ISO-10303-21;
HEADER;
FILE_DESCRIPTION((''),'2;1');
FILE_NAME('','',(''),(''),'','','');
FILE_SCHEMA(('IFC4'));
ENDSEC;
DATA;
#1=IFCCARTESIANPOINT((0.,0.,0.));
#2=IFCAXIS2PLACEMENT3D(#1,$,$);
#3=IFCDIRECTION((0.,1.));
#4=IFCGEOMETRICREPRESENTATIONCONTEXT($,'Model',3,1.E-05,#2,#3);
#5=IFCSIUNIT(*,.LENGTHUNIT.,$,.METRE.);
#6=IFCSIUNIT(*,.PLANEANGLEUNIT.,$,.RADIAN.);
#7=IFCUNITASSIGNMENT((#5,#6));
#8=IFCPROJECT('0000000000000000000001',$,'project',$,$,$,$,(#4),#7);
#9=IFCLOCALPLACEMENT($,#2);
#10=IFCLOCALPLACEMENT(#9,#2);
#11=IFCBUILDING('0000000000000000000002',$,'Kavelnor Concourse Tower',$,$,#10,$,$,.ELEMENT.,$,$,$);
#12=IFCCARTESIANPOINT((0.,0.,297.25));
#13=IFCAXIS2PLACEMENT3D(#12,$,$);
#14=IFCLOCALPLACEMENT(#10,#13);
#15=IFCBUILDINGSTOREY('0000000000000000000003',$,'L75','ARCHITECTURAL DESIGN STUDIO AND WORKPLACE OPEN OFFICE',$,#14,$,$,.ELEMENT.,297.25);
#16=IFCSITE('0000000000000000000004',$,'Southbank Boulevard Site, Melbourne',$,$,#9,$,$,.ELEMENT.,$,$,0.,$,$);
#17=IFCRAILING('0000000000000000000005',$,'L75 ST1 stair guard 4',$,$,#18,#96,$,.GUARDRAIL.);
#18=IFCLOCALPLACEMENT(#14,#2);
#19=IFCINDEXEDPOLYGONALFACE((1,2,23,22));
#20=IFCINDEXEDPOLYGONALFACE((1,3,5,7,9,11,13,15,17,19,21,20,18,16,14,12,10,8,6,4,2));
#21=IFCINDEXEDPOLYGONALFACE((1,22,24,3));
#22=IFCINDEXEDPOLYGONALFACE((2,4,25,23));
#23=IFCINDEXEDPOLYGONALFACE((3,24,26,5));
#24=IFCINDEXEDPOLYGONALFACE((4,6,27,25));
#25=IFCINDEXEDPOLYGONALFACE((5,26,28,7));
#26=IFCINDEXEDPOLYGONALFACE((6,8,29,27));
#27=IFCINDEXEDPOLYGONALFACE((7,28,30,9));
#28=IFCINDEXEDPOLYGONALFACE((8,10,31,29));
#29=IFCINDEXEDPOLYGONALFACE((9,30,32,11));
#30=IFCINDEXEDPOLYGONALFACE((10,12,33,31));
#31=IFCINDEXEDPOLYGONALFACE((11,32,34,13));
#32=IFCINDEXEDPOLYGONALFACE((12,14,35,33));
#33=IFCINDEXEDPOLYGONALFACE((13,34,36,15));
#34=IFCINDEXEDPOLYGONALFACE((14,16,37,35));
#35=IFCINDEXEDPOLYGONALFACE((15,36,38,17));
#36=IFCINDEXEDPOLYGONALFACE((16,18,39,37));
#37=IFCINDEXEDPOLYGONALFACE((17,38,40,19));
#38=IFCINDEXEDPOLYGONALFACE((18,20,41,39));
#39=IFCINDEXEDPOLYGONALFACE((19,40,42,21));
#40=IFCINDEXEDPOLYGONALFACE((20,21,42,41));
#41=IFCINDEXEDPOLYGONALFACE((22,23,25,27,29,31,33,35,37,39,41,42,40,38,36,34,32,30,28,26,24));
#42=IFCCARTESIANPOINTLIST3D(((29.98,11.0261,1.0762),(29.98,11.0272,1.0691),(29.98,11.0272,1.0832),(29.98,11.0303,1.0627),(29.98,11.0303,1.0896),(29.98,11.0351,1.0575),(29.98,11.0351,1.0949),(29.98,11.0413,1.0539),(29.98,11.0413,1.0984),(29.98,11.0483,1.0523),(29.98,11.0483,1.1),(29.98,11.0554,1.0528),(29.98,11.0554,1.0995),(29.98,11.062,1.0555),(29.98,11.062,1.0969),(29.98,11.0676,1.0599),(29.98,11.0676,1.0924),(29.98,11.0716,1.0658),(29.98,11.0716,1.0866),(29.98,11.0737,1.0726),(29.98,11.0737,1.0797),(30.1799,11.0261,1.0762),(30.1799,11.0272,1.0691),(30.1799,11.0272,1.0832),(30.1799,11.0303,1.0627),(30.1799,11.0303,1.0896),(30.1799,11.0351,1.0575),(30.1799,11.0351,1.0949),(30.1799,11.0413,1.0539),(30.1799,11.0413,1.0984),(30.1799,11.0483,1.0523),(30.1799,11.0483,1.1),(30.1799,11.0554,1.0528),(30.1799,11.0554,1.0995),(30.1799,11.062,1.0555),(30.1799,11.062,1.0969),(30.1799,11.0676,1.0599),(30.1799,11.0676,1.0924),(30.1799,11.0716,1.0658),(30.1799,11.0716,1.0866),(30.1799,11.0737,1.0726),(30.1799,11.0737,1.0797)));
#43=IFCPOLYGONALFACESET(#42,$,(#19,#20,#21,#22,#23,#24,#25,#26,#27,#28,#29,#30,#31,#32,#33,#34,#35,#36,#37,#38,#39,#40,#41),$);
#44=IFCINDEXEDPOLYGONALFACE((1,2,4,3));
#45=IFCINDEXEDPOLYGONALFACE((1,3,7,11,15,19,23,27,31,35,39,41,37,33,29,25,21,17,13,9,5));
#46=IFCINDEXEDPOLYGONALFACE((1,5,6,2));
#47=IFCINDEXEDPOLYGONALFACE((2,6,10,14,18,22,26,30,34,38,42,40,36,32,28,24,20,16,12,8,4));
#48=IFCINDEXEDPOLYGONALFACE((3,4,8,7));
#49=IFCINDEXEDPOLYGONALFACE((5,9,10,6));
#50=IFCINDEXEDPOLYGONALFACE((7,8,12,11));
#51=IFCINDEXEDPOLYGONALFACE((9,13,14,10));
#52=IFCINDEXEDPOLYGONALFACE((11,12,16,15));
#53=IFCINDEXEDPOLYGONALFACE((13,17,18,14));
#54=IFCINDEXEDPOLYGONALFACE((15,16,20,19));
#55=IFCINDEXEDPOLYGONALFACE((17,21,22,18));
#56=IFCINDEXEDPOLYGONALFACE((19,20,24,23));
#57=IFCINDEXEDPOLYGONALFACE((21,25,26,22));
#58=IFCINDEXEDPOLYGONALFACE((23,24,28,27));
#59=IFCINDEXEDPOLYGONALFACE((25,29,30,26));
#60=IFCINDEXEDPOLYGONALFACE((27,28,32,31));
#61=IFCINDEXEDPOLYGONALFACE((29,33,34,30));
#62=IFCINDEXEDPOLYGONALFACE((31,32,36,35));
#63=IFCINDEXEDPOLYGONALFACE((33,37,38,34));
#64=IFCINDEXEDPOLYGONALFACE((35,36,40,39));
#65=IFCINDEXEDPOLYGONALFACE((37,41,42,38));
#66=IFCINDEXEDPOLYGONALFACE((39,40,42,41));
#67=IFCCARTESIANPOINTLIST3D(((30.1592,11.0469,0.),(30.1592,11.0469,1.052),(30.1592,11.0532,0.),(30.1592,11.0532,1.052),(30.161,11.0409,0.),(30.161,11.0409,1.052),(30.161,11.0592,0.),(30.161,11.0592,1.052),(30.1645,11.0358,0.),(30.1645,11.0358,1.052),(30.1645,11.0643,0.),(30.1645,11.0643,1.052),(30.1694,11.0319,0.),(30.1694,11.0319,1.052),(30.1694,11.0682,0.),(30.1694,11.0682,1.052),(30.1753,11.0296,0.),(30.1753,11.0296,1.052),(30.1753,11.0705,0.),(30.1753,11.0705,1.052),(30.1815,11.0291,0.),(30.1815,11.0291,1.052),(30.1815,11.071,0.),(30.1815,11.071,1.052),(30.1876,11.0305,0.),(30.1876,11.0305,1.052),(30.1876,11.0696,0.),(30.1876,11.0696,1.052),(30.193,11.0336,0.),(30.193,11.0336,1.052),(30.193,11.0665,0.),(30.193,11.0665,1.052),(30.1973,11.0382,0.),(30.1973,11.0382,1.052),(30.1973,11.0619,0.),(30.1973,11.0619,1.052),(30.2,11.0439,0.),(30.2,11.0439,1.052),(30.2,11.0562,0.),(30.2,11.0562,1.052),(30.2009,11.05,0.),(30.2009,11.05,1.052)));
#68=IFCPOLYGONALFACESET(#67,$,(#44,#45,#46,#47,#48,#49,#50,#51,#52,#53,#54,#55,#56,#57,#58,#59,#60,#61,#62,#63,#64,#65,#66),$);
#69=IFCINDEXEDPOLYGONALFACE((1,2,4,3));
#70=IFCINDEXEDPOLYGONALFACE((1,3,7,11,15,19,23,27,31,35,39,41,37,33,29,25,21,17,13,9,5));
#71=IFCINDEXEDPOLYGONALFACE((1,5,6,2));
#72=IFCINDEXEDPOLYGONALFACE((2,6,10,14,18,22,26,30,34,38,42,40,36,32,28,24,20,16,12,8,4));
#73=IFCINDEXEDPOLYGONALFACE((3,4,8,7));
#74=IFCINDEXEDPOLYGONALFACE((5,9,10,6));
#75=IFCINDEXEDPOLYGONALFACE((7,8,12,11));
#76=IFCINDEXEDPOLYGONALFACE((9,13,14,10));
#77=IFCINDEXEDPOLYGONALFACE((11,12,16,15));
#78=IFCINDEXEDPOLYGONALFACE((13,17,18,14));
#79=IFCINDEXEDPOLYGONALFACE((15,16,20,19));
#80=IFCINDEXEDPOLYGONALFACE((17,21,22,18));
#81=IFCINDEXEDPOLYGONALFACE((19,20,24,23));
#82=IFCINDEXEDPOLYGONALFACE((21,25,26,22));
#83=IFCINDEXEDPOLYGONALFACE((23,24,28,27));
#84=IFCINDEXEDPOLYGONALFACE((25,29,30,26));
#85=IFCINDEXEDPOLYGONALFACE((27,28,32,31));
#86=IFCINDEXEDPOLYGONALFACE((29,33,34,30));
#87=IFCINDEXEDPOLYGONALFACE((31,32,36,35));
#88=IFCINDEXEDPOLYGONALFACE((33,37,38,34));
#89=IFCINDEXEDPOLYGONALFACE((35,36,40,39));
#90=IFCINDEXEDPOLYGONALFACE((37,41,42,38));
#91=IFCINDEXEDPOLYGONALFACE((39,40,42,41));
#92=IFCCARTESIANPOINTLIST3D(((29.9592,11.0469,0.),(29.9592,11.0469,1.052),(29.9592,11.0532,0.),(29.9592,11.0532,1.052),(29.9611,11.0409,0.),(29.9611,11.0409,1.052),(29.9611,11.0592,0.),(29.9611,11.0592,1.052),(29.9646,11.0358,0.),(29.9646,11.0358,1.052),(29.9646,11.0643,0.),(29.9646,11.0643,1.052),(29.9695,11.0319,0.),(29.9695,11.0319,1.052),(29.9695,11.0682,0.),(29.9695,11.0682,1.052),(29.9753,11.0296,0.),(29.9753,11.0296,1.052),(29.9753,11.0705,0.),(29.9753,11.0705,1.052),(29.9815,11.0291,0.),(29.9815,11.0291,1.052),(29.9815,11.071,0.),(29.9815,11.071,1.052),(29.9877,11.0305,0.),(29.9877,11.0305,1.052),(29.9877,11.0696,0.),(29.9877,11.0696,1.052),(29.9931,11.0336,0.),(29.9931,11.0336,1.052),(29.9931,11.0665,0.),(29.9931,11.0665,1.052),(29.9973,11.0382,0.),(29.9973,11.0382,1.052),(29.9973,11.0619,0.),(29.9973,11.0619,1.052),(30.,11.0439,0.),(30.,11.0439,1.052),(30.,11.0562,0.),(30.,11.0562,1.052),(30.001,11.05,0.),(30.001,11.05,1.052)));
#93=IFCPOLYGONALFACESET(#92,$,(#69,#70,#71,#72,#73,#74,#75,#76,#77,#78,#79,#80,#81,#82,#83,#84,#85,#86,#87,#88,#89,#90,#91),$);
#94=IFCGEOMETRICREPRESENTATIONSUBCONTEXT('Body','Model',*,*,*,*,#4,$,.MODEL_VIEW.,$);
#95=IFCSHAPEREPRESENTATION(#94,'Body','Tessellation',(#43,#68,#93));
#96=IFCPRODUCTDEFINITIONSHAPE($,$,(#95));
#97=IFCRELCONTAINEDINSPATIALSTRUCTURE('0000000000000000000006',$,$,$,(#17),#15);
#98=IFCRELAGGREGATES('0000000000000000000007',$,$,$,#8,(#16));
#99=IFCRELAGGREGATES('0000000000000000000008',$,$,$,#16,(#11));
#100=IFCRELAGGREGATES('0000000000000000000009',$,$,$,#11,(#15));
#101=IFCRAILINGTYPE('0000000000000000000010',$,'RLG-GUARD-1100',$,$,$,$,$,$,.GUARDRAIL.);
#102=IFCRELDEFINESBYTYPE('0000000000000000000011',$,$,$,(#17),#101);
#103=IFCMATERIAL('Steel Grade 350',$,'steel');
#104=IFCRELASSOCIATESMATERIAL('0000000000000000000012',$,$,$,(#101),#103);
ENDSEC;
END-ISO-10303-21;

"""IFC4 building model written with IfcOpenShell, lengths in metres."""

from ifc_helpers import new_model, si_unit, direction, frame, origin, origin_2d, place, context, subcontext, project, spatial, circle, extrude, material, type_object, element, save


model = new_model("IFC4")

# Units and contexts
model_context = context("Model", 3, precision=1e-05, world=origin(), true_north=direction((0.0, 1.0)))
body_context = subcontext(model_context, "Body", "Model", "MODEL_VIEW")
ifc_project = project(units=[si_unit("LENGTHUNIT", "METRE"), si_unit("PLANEANGLEUNIT", "RADIAN")], contexts=[model_context])

# Site, building, storey
site_placement = place(None, origin())
site = spatial("IfcSite", under=ifc_project, at=site_placement, Name="Southbank Boulevard Site, Melbourne", CompositionType="ELEMENT", RefElevation=0.0)
building_placement = place(site_placement, origin())
building = spatial("IfcBuilding", under=site, at=building_placement, Name="Kavelnor Concourse Tower", CompositionType="ELEMENT")
storey_placement = place(building_placement, frame((0.0, 0.0, 297.25)))
storey = spatial("IfcBuildingStorey", under=building, at=storey_placement, Name="L75", Description="ARCHITECTURAL DESIGN STUDIO AND WORKPLACE OPEN OFFICE", CompositionType="ELEMENT", Elevation=297.25)

# Shared definitions
ifc_material_1 = material(Name="Steel Grade 350", Category="steel")

# Railing
railing_type_1 = type_object("IfcRailingType", Name="RLG-GUARD-1100", PredefinedType="GUARDRAIL", material=ifc_material_1)
railing_1_placement = place(storey_placement, frame((30.1799, 11.05, 0.0)))
element("IfcRailing", 1, at=railing_1_placement, inside=storey, type_object=railing_type_1, Name="L75 ST1 stair guard 4", PredefinedType="GUARDRAIL", context=body_context, shape_type="SweptSolid", body=[
    extrude(circle(Radius=0.0239, at=origin_2d()), frame((0.0, 0.0, 1.0762), z_axis=(-1.0, 0.0, 0.0), x_axis=(0.0, -1.0, 0.0)), (0.0, 0.0, 1.0), 0.2),
    extrude(circle(Radius=0.021, at=origin_2d()), origin(), (0.0, 0.0, 1.0), 1.052),
    extrude(circle(Radius=0.021, at=origin_2d()), frame((-0.2, 0.0, 0.0)), (0.0, 0.0, 1.0), 1.052),
])

save(model, "model.ifc")
